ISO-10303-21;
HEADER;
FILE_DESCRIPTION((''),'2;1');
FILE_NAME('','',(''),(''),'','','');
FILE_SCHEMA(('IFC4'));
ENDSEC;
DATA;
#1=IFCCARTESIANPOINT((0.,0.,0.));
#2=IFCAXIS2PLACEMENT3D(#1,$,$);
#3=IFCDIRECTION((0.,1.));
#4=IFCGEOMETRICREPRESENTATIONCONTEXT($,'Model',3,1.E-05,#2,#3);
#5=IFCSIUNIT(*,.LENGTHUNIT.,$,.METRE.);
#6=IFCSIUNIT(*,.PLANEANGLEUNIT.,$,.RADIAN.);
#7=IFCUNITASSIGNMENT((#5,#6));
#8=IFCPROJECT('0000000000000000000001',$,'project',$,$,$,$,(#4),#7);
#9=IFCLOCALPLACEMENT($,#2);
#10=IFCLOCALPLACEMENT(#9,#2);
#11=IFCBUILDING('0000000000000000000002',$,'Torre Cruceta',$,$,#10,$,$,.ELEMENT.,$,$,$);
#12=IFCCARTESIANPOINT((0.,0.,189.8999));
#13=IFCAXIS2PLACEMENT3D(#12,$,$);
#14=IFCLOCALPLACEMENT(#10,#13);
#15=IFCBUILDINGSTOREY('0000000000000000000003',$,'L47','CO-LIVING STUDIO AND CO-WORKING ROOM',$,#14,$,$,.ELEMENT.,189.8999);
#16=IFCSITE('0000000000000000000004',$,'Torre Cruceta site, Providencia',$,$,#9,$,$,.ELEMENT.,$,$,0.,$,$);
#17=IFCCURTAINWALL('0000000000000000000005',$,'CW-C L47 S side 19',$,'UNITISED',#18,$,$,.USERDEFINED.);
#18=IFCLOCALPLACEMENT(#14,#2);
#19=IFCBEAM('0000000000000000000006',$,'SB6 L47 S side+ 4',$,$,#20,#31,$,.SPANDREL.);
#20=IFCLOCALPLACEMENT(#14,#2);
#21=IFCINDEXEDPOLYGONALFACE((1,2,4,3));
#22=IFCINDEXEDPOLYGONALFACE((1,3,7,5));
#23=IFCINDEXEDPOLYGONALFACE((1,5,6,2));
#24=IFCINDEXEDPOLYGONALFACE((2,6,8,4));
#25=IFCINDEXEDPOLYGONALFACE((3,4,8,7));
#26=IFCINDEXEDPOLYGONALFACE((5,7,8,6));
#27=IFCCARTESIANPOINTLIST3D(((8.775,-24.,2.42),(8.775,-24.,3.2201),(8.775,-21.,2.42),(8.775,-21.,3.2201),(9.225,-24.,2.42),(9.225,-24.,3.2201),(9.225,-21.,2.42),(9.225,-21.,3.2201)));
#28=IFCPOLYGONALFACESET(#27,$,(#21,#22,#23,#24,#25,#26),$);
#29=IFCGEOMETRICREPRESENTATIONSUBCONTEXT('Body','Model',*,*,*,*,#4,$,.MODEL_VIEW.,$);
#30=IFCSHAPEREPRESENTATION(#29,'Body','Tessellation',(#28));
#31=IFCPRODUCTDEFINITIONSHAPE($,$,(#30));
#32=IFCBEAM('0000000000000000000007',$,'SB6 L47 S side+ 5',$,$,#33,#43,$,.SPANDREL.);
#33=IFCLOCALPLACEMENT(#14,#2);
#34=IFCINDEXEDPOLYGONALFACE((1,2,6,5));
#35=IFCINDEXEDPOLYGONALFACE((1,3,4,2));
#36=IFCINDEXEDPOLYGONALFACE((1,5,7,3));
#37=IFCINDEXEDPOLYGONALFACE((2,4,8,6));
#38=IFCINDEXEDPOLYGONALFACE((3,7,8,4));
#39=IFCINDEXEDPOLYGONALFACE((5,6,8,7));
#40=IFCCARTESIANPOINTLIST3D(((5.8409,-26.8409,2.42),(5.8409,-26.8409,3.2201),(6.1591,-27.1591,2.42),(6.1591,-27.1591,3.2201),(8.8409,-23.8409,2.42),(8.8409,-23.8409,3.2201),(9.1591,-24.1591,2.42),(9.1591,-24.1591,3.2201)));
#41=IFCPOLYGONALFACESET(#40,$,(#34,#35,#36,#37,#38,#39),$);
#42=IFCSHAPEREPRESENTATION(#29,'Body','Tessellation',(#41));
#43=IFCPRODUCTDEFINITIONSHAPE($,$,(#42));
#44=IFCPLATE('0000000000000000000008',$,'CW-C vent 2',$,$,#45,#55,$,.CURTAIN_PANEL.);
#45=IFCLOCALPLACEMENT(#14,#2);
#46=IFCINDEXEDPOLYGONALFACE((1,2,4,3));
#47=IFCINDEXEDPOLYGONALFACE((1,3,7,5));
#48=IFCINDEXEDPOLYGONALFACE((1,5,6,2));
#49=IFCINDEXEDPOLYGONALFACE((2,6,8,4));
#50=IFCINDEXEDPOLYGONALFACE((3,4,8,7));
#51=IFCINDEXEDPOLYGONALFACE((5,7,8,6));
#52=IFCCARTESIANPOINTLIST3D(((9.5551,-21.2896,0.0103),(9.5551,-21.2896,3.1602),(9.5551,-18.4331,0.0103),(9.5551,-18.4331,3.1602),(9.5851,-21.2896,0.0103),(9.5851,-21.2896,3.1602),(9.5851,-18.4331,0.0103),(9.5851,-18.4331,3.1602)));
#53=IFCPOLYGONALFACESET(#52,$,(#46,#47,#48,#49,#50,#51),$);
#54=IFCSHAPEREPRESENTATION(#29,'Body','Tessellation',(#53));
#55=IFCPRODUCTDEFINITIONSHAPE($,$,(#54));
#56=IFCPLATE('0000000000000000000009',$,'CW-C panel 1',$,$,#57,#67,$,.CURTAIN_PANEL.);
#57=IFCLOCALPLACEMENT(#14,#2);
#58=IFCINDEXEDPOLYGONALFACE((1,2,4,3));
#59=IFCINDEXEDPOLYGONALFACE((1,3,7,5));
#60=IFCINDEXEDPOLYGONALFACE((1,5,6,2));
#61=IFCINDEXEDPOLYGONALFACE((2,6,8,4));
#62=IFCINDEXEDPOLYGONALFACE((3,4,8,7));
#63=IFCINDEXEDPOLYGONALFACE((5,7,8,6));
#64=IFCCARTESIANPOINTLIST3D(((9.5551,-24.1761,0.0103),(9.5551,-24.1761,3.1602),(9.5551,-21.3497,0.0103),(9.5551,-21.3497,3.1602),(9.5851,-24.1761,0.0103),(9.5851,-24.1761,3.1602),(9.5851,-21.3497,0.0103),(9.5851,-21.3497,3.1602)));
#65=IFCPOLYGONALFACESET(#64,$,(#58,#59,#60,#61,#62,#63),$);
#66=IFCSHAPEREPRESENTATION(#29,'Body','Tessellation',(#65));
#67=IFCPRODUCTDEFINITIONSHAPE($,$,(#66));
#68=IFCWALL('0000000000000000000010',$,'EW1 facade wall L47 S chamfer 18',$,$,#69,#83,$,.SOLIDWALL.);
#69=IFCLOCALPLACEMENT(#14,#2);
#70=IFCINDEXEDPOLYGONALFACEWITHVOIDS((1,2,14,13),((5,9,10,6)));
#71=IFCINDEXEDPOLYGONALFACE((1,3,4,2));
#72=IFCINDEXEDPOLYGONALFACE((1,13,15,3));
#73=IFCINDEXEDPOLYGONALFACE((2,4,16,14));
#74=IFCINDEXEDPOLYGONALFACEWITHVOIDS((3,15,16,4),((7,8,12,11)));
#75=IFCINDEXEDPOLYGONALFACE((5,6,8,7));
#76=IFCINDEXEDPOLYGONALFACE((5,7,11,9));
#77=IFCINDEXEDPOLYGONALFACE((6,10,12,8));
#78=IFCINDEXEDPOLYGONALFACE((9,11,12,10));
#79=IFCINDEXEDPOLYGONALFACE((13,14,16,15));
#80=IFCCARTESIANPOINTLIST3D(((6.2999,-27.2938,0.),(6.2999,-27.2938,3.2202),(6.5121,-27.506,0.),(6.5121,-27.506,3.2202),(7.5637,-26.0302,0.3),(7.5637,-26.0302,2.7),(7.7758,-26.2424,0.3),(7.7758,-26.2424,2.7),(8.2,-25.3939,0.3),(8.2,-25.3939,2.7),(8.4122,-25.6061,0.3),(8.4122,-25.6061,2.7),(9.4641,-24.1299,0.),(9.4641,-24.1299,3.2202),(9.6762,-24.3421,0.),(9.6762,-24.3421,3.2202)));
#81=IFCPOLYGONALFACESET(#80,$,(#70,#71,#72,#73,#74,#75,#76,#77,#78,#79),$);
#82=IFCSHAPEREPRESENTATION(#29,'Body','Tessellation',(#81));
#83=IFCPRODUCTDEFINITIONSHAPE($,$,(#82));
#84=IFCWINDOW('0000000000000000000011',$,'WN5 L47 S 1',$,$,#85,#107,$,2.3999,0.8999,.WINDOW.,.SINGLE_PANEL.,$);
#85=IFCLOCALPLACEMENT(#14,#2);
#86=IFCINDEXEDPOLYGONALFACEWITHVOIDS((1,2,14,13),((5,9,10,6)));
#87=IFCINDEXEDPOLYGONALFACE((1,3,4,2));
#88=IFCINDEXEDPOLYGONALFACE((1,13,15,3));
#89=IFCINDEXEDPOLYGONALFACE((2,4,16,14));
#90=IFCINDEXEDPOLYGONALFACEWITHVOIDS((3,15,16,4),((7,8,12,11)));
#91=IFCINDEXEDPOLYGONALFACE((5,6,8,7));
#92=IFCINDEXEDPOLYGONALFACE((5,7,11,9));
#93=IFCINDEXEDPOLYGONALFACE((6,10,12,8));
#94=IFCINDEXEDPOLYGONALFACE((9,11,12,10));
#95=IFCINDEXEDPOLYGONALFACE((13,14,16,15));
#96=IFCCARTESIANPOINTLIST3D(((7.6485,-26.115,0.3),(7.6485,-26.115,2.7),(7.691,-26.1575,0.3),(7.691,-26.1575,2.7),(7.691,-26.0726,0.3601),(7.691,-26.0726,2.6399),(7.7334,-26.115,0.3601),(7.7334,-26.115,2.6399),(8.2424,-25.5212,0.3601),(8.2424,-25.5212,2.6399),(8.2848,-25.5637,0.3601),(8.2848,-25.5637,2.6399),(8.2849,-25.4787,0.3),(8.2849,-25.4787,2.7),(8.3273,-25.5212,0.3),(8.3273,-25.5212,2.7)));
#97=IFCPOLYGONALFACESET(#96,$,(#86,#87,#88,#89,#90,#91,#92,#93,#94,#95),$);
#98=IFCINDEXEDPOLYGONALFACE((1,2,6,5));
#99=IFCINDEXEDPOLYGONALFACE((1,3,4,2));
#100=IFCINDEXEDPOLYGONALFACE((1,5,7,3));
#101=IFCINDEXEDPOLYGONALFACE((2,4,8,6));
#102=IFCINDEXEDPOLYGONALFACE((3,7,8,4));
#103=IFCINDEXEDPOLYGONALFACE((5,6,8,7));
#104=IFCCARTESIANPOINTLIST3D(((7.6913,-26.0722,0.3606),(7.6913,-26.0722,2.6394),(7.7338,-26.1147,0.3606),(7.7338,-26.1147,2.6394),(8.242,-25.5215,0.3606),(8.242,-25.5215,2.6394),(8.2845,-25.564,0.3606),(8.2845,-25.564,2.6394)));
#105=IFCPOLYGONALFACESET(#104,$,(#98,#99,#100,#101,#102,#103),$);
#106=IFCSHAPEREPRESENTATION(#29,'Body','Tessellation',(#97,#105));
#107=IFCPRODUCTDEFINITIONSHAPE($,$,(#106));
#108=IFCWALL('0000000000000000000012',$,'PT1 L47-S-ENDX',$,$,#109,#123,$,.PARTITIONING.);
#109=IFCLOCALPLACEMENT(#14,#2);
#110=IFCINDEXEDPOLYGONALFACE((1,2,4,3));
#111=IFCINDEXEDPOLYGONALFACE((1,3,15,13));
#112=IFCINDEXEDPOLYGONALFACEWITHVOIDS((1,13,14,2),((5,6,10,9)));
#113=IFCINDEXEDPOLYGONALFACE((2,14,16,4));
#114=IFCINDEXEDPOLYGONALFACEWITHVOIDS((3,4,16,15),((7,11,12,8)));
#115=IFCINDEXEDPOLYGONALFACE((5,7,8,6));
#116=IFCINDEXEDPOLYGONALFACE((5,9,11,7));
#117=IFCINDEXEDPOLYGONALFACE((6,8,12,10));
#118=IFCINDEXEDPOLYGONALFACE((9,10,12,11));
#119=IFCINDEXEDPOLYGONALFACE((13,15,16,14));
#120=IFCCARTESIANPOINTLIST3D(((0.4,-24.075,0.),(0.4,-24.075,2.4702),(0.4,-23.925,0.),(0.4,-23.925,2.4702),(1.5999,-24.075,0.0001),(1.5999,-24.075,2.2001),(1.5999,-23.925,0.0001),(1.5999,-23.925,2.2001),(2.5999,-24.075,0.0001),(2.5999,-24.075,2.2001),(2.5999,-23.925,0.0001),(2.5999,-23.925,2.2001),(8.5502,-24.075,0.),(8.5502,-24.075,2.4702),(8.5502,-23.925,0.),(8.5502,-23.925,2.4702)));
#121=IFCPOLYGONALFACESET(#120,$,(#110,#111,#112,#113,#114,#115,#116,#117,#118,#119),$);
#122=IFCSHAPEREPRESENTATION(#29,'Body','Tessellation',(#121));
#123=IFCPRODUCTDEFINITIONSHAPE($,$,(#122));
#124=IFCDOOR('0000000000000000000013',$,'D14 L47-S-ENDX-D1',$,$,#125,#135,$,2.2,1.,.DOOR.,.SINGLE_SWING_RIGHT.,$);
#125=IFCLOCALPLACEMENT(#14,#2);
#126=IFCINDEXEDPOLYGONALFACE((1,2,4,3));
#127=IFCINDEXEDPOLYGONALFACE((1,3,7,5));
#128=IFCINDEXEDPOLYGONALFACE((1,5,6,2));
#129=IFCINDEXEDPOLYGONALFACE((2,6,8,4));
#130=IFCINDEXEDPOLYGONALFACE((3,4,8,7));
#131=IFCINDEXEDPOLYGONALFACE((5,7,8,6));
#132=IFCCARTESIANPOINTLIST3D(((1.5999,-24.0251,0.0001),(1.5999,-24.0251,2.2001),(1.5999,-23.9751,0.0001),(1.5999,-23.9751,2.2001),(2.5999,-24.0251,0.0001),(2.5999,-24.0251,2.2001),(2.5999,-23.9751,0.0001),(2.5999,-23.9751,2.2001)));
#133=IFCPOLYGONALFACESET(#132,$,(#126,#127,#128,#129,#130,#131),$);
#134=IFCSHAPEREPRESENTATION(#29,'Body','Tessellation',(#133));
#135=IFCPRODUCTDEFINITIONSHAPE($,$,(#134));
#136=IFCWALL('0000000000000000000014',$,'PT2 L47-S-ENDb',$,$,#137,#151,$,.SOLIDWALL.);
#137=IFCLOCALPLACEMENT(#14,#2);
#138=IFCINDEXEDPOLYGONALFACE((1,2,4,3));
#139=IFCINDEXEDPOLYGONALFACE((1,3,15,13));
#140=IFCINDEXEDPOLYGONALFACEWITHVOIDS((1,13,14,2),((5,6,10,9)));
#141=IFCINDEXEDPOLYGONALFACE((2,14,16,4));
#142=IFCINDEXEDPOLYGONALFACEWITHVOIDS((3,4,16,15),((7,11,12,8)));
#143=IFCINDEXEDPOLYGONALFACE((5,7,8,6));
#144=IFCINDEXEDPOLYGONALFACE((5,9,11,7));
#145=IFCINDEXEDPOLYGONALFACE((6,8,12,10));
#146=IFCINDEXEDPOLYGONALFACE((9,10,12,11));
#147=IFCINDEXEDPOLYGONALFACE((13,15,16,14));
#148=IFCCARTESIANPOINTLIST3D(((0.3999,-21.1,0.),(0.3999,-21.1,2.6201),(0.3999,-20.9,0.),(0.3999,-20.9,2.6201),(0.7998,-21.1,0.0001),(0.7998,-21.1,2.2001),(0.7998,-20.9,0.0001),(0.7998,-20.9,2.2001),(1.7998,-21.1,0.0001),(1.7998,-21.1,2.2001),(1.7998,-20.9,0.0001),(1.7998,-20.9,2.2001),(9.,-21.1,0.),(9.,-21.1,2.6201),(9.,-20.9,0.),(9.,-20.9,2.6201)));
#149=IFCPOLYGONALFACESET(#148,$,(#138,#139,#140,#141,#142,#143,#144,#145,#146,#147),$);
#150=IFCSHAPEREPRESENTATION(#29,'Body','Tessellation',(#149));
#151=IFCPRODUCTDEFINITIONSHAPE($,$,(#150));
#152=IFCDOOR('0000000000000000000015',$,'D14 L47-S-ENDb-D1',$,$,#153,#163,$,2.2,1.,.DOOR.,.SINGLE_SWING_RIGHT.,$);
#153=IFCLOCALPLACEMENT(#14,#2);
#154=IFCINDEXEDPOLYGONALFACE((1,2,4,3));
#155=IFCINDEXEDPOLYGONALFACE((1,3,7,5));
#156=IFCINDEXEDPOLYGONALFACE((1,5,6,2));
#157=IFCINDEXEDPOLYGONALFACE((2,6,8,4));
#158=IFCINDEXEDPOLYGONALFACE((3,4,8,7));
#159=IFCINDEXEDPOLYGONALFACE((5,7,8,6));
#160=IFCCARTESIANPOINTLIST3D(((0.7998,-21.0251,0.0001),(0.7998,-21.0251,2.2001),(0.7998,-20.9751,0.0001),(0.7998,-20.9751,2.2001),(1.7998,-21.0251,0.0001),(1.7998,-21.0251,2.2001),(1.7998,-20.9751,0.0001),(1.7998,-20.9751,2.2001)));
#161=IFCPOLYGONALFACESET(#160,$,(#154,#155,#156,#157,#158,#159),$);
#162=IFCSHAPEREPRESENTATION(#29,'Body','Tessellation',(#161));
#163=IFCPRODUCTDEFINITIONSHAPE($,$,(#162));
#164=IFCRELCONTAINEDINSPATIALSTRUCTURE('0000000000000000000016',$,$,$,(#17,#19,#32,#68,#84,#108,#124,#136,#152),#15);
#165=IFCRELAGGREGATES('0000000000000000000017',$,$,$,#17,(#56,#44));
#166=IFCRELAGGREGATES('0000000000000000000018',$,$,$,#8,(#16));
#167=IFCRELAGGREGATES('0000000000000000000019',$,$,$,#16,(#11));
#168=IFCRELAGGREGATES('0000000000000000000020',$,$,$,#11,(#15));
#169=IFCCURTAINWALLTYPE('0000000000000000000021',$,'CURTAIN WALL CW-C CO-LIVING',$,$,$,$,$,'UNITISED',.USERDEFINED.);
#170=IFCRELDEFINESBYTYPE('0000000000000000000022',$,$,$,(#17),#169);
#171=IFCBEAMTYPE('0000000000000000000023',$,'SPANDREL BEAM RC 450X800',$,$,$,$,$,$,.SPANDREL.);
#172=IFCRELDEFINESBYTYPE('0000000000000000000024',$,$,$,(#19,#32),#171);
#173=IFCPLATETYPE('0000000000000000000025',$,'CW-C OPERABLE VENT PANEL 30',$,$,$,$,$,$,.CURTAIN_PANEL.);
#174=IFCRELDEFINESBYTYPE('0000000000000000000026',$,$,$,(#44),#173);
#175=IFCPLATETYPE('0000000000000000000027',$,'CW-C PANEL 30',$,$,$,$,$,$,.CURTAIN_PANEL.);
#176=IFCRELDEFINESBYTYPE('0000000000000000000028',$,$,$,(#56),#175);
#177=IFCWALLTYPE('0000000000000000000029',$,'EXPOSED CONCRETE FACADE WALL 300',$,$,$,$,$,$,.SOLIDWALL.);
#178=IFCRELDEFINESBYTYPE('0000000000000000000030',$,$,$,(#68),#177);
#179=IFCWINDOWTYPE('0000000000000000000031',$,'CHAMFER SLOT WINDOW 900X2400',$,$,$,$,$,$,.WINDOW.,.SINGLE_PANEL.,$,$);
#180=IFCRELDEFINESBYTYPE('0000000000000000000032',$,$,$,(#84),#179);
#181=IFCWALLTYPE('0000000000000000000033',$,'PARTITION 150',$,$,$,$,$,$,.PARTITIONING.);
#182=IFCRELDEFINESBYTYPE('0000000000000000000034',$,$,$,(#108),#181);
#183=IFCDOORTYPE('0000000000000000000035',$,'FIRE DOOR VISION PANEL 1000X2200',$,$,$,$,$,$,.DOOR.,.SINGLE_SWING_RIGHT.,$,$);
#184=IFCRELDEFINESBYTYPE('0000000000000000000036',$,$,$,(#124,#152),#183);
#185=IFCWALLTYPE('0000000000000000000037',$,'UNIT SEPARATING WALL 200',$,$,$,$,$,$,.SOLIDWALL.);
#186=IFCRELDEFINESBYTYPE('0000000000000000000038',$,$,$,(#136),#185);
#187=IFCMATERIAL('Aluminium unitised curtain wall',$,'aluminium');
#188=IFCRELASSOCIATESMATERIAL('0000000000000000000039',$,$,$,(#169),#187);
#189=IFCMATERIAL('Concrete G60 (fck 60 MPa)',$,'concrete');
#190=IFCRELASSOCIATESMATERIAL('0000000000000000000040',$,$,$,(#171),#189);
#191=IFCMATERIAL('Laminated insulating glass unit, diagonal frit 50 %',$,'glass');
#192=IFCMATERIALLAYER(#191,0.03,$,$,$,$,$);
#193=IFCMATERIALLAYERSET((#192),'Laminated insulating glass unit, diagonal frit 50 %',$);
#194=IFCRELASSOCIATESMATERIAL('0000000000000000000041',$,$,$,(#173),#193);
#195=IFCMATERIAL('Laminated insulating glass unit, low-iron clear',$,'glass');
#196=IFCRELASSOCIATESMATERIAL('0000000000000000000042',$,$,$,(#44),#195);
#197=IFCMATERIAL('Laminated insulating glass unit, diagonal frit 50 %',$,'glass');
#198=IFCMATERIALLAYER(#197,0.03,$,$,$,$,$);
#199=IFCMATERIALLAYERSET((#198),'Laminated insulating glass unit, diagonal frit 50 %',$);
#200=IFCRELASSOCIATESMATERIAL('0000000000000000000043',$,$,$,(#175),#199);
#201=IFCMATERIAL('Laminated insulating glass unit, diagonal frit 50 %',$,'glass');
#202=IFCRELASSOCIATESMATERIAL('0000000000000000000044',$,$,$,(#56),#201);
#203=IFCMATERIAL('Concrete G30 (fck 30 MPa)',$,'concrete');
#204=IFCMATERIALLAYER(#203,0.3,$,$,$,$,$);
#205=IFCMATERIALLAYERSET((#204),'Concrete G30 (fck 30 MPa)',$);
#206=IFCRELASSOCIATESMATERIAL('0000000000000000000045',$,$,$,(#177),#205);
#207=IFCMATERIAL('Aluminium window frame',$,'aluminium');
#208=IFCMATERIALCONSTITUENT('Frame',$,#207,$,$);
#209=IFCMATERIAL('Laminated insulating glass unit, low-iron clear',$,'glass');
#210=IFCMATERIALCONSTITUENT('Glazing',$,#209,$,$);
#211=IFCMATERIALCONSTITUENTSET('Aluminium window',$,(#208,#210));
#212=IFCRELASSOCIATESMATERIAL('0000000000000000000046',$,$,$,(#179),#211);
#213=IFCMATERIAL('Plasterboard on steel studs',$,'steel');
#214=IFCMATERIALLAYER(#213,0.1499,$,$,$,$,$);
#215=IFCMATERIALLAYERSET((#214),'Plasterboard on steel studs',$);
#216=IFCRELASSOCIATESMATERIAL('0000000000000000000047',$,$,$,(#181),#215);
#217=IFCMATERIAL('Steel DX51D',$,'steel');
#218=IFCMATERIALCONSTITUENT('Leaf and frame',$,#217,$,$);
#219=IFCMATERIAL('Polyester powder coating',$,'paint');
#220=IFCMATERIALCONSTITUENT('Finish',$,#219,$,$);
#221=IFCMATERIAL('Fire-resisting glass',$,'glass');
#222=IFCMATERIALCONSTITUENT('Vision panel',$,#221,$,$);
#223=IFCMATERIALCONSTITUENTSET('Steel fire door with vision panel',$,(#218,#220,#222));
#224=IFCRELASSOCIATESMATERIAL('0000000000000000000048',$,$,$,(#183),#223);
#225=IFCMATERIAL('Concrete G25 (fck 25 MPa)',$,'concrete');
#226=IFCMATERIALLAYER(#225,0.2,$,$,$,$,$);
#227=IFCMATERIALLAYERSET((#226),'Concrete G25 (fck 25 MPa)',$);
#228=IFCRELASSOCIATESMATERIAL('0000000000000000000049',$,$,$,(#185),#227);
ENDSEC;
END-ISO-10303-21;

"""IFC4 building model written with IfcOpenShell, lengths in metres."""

from ifc_helpers import new_model, si_unit, direction, frame, frame_2d, origin, origin_2d, place, context, subcontext, project, spatial, rectangle, hollow_rectangle, extrude, material, layer, layer_set, constituent, constituent_set, material_profile, profile_set, type_object, element, fill, aggregate, save


model = new_model("IFC4")

# Units and contexts
model_context = context("Model", 3, precision=1e-05, world=origin(), true_north=direction((0.0, 1.0)))
body_context = subcontext(model_context, "Body", "Model", "MODEL_VIEW")
ifc_project = project(units=[si_unit("LENGTHUNIT", "METRE"), si_unit("PLANEANGLEUNIT", "RADIAN")], contexts=[model_context])

# Site, building, storey
site_placement = place(None, origin())
site = spatial("IfcSite", under=ifc_project, at=site_placement, Name="Torre Cruceta site, Providencia", CompositionType="ELEMENT", RefElevation=0.0)
building_placement = place(site_placement, origin())
building = spatial("IfcBuilding", under=site, at=building_placement, Name="Torre Cruceta", CompositionType="ELEMENT")
storey_placement = place(building_placement, frame((0.0, 0.0, 189.8999)))
storey = spatial("IfcBuildingStorey", under=building, at=storey_placement, Name="L47", Description="CO-LIVING STUDIO AND CO-WORKING ROOM", CompositionType="ELEMENT", Elevation=189.8999)

# Curtain wall
ifc_material_1 = material(Name="Aluminium unitised curtain wall", Category="aluminium")
curtain_wall_type = type_object("IfcCurtainWallType", Name="CURTAIN WALL CW-C CO-LIVING", ElementType="UNITISED", PredefinedType="USERDEFINED", material=ifc_material_1)
curtain_wall_placement = place(storey_placement, origin())
curtain_wall = element("IfcCurtainWall", 1, at=curtain_wall_placement, inside=storey, type_object=curtain_wall_type, Name="CW-C L47 S side 19", ObjectType="UNITISED", PredefinedType="USERDEFINED")

# Beams
ifc_material_2 = material(Name="Concrete G60 (fck 60 MPa)", Category="concrete")
ifc_material_profile_1 = material_profile(ifc_material_2, rectangle(XDim=0.45, YDim=0.8, at=origin_2d()), Name="RC 450X800")
ifc_profile_set_1 = profile_set([ifc_material_profile_1], Name="Concrete G60 (fck 60 MPa)")
beam_type_1 = type_object("IfcBeamType", Name="SPANDREL BEAM RC 450X800", PredefinedType="SPANDREL", material=ifc_profile_set_1)
beam_1_placement = place(storey_placement, frame((9.0, -21.0, 2.8201), z_axis=(0.0, -1.0, 0.0), x_axis=(1.0, 0.0, 0.0)))
element("IfcBeam", 2, at=beam_1_placement, inside=storey, type_object=beam_type_1, Name="SB6 L47 S side+ 4", PredefinedType="SPANDREL", context=body_context, shape_type="SweptSolid", body=[
    extrude(rectangle(XDim=0.45, YDim=0.8, at=origin_2d()), origin(), (0.0, 0.0, 1.0), 3.0),
])
beam_2_placement = place(storey_placement, frame((9.0, -24.0, 2.8201), z_axis=(-0.707107, -0.707107, 0.0), x_axis=(0.707107, -0.707107, 0.0)))
element("IfcBeam", 3, at=beam_2_placement, inside=storey, type_object=beam_type_1, Name="SB6 L47 S side+ 5", PredefinedType="SPANDREL", context=body_context, shape_type="SweptSolid", body=[
    extrude(rectangle(XDim=0.45, YDim=0.8, at=origin_2d()), origin(), (0.0, 0.0, 1.0), 4.2427),
])

# Plates
ifc_material_3 = material(Name="Laminated insulating glass unit, low-iron clear", Category="glass")
ifc_material_4 = material(Name="Laminated insulating glass unit, diagonal frit 50 %", Category="glass")
ifc_layer_1 = layer(ifc_material_4, 0.03)
ifc_layer_set_1 = layer_set([ifc_layer_1], Name="Laminated insulating glass unit, diagonal frit 50 %")
plate_type_1 = type_object("IfcPlateType", Name="CW-C OPERABLE VENT PANEL 30", PredefinedType="CURTAIN_PANEL", material=ifc_layer_set_1)
plate_1_placement = place(storey_placement, frame((9.5701, -19.8613, 0.0103), z_axis=(0.0, 0.0, 1.0), x_axis=(0.0, 1.0, 0.0)))
plate_1 = element("IfcPlate", 4, at=plate_1_placement, type_object=plate_type_1, material=ifc_material_3, Name="CW-C vent 2", PredefinedType="CURTAIN_PANEL", context=body_context, shape_type="SweptSolid", body=[
    extrude(rectangle(XDim=2.8564, YDim=0.03, at=origin_2d()), origin(), (0.0, 0.0, 1.0), 3.1499),
])
ifc_material_5 = material(Name="Laminated insulating glass unit, diagonal frit 50 %", Category="glass")
ifc_material_6 = material(Name="Laminated insulating glass unit, diagonal frit 50 %", Category="glass")
ifc_layer_2 = layer(ifc_material_6, 0.03)
ifc_layer_set_2 = layer_set([ifc_layer_2], Name="Laminated insulating glass unit, diagonal frit 50 %")
plate_type_2 = type_object("IfcPlateType", Name="CW-C PANEL 30", PredefinedType="CURTAIN_PANEL", material=ifc_layer_set_2)
plate_2_placement = place(storey_placement, frame((9.5701, -22.7629, 0.0103), z_axis=(0.0, 0.0, 1.0), x_axis=(0.0, 1.0, 0.0)))
plate_2 = element("IfcPlate", 5, at=plate_2_placement, type_object=plate_type_2, material=ifc_material_5, Name="CW-C panel 1", PredefinedType="CURTAIN_PANEL", context=body_context, shape_type="SweptSolid", body=[
    extrude(rectangle(XDim=2.8264, YDim=0.03, at=origin_2d()), origin(), (0.0, 0.0, 1.0), 3.1499),
])
aggregate(curtain_wall, [plate_2, plate_1])

# Wall, opening, window
ifc_material_7 = material(Name="Concrete G30 (fck 30 MPa)", Category="concrete")
ifc_layer_3 = layer(ifc_material_7, 0.3)
ifc_layer_set_3 = layer_set([ifc_layer_3], Name="Concrete G30 (fck 30 MPa)")
wall_type_1 = type_object("IfcWallType", Name="EXPOSED CONCRETE FACADE WALL 300", PredefinedType="SOLIDWALL", material=ifc_layer_set_3)
wall_1_placement = place(storey_placement, frame((6.406, -27.3999, 0.0), z_axis=(0.0, 0.0, 1.0), x_axis=(0.707134, 0.707079, 0.0)))
wall_1 = element("IfcWall", 6, at=wall_1_placement, inside=storey, type_object=wall_type_1, Name="EW1 facade wall L47 S chamfer 18", PredefinedType="SOLIDWALL", context=body_context, shape_type="SweptSolid", body=[
    extrude(rectangle(XDim=4.4746, YDim=0.3, at=frame_2d((2.2373, 0.0))), origin(), (0.0, 0.0, 1.0), 3.2202),
])
opening_1_placement = place(wall_1_placement, frame((1.7871, 0.0, 0.3)))
opening_1 = element("IfcOpeningElement", 7, at=opening_1_placement, cuts=wall_1, PredefinedType="OPENING", context=body_context, shape_type="SweptSolid", body=[
    extrude(rectangle(XDim=0.8999, YDim=2.3999, at=frame_2d((0.45, 1.2))), frame((0.0, 0.1599, 0.0), z_axis=(0.0, -1.0, 0.0), x_axis=(1.0, 0.0, 0.0)), (0.0, 0.0, 1.0), 0.3201),
])
ifc_material_8 = material(Name="Aluminium window frame", Category="aluminium")
ifc_constituent_1 = constituent(ifc_material_8, Name="Frame")
ifc_material_9 = material(Name="Laminated insulating glass unit, low-iron clear", Category="glass")
ifc_constituent_2 = constituent(ifc_material_9, Name="Glazing")
ifc_constituent_set_1 = constituent_set(constituents=[ifc_constituent_1, ifc_constituent_2], Name="Aluminium window")
window_type = type_object("IfcWindowType", Name="CHAMFER SLOT WINDOW 900X2400", PartitioningType="SINGLE_PANEL", PredefinedType="WINDOW", material=ifc_constituent_set_1)
window_placement = place(opening_1_placement, origin())
window = element("IfcWindow", 8, at=window_placement, inside=storey, type_object=window_type, Name="WN5 L47 S 1", OverallHeight=2.3999, OverallWidth=0.8999, PartitioningType="SINGLE_PANEL", PredefinedType="WINDOW", context=body_context, shape_type="SweptSolid", body=[
    extrude(hollow_rectangle(XDim=0.8999, YDim=2.3999, WallThickness=0.0601, at=frame_2d((0.45, 1.2))), frame((0.0, 0.03, 0.0), z_axis=(0.0, -1.0, 0.0), x_axis=(1.0, 0.0, 0.0)), (0.0, 0.0, 1.0), 0.0601),
    extrude(rectangle(XDim=0.7788, YDim=2.2788, at=frame_2d((0.45, 1.2))), frame((0.0, 0.03, 0.0), z_axis=(0.0, -1.0, 0.0), x_axis=(1.0, 0.0, 0.0)), (0.0, 0.0, 1.0), 0.0601),
])
fill(opening_1, window)

# Walls, openings, doors
ifc_material_10 = material(Name="Plasterboard on steel studs", Category="steel")
ifc_layer_4 = layer(ifc_material_10, 0.1499)
ifc_layer_set_4 = layer_set([ifc_layer_4], Name="Plasterboard on steel studs")
wall_type_2 = type_object("IfcWallType", Name="PARTITION 150", PredefinedType="PARTITIONING", material=ifc_layer_set_4)
wall_2_placement = place(storey_placement, frame((0.3999, -24.0, 0.0), z_axis=(0.0, 0.0, 1.0), x_axis=(1.0, 0.0, 0.0)))
wall_2 = element("IfcWall", 9, at=wall_2_placement, inside=storey, type_object=wall_type_2, Name="PT1 L47-S-ENDX", PredefinedType="PARTITIONING", context=body_context, shape_type="SweptSolid", body=[
    extrude(rectangle(XDim=8.1501, YDim=0.1499, at=frame_2d((4.0752, 0.0))), origin(), (0.0, 0.0, 1.0), 2.4702),
])
opening_2_placement = place(wall_2_placement, frame((1.2, 0.0, 0.0)))
opening_2 = element("IfcOpeningElement", 10, at=opening_2_placement, cuts=wall_2, PredefinedType="OPENING", context=body_context, shape_type="SweptSolid", body=[
    extrude(rectangle(XDim=1.0, YDim=2.2, at=frame_2d((0.5, 1.1001))), frame((0.0, 0.085, 0.0), z_axis=(0.0, -1.0, 0.0), x_axis=(1.0, 0.0, 0.0)), (0.0, 0.0, 1.0), 0.1699),
])
ifc_material_11 = material(Name="Steel DX51D", Category="steel")
ifc_constituent_3 = constituent(ifc_material_11, Name="Leaf and frame")
ifc_material_12 = material(Name="Polyester powder coating", Category="paint")
ifc_constituent_4 = constituent(ifc_material_12, Name="Finish")
ifc_material_13 = material(Name="Fire-resisting glass", Category="glass")
ifc_constituent_5 = constituent(ifc_material_13, Name="Vision panel")
ifc_constituent_set_2 = constituent_set(constituents=[ifc_constituent_3, ifc_constituent_4, ifc_constituent_5], Name="Steel fire door with vision panel")
door_type = type_object("IfcDoorType", Name="FIRE DOOR VISION PANEL 1000X2200", OperationType="SINGLE_SWING_RIGHT", PredefinedType="DOOR", material=ifc_constituent_set_2)
door_1_placement = place(opening_2_placement, frame((1.0, 0.0, 0.0), z_axis=(0.0, 0.0, 1.0), x_axis=(-1.0, 0.0, 0.0)))
door_1 = element("IfcDoor", 11, at=door_1_placement, inside=storey, type_object=door_type, Name="D14 L47-S-ENDX-D1", OperationType="SINGLE_SWING_RIGHT", OverallHeight=2.2, OverallWidth=1.0, PredefinedType="DOOR", context=body_context, shape_type="SweptSolid", body=[
    extrude(rectangle(XDim=1.0, YDim=2.2, at=frame_2d((0.5, 1.1001))), frame((0.0, 0.0251, 0.0), z_axis=(0.0, -1.0, 0.0), x_axis=(1.0, 0.0, 0.0)), (0.0, 0.0, 1.0), 0.05),
])
fill(opening_2, door_1)
ifc_material_14 = material(Name="Concrete G25 (fck 25 MPa)", Category="concrete")
ifc_layer_5 = layer(ifc_material_14, 0.2)
ifc_layer_set_5 = layer_set([ifc_layer_5], Name="Concrete G25 (fck 25 MPa)")
wall_type_3 = type_object("IfcWallType", Name="UNIT SEPARATING WALL 200", PredefinedType="SOLIDWALL", material=ifc_layer_set_5)
wall_3_placement = place(storey_placement, frame((0.3999, -21.0, 0.0), z_axis=(0.0, 0.0, 1.0), x_axis=(1.0, 0.0, 0.0)))
wall_3 = element("IfcWall", 12, at=wall_3_placement, inside=storey, type_object=wall_type_3, Name="PT2 L47-S-ENDb", PredefinedType="SOLIDWALL", context=body_context, shape_type="SweptSolid", body=[
    extrude(rectangle(XDim=8.6001, YDim=0.2, at=frame_2d((4.3, 0.0))), origin(), (0.0, 0.0, 1.0), 2.6201),
])
opening_3_placement = place(wall_3_placement, frame((0.3999, 0.0, 0.0)))
opening_3 = element("IfcOpeningElement", 13, at=opening_3_placement, cuts=wall_3, PredefinedType="OPENING", context=body_context, shape_type="SweptSolid", body=[
    extrude(rectangle(XDim=1.0, YDim=2.2, at=frame_2d((0.5, 1.1001))), frame((0.0, 0.1099, 0.0), z_axis=(0.0, -1.0, 0.0), x_axis=(1.0, 0.0, 0.0)), (0.0, 0.0, 1.0), 0.22),
])
door_2_placement = place(opening_3_placement, frame((1.0, 0.0, 0.0), z_axis=(0.0, 0.0, 1.0), x_axis=(-1.0, 0.0, 0.0)))
door_2 = element("IfcDoor", 14, at=door_2_placement, inside=storey, type_object=door_type, Name="D14 L47-S-ENDb-D1", OperationType="SINGLE_SWING_RIGHT", OverallHeight=2.2, OverallWidth=1.0, PredefinedType="DOOR", context=body_context, shape_type="SweptSolid", body=[
    extrude(rectangle(XDim=1.0, YDim=2.2, at=frame_2d((0.5, 1.1001))), frame((0.0, 0.0251, 0.0), z_axis=(0.0, -1.0, 0.0), x_axis=(1.0, 0.0, 0.0)), (0.0, 0.0, 1.0), 0.05),
])
fill(opening_3, door_2)

save(model, "model.ifc")
